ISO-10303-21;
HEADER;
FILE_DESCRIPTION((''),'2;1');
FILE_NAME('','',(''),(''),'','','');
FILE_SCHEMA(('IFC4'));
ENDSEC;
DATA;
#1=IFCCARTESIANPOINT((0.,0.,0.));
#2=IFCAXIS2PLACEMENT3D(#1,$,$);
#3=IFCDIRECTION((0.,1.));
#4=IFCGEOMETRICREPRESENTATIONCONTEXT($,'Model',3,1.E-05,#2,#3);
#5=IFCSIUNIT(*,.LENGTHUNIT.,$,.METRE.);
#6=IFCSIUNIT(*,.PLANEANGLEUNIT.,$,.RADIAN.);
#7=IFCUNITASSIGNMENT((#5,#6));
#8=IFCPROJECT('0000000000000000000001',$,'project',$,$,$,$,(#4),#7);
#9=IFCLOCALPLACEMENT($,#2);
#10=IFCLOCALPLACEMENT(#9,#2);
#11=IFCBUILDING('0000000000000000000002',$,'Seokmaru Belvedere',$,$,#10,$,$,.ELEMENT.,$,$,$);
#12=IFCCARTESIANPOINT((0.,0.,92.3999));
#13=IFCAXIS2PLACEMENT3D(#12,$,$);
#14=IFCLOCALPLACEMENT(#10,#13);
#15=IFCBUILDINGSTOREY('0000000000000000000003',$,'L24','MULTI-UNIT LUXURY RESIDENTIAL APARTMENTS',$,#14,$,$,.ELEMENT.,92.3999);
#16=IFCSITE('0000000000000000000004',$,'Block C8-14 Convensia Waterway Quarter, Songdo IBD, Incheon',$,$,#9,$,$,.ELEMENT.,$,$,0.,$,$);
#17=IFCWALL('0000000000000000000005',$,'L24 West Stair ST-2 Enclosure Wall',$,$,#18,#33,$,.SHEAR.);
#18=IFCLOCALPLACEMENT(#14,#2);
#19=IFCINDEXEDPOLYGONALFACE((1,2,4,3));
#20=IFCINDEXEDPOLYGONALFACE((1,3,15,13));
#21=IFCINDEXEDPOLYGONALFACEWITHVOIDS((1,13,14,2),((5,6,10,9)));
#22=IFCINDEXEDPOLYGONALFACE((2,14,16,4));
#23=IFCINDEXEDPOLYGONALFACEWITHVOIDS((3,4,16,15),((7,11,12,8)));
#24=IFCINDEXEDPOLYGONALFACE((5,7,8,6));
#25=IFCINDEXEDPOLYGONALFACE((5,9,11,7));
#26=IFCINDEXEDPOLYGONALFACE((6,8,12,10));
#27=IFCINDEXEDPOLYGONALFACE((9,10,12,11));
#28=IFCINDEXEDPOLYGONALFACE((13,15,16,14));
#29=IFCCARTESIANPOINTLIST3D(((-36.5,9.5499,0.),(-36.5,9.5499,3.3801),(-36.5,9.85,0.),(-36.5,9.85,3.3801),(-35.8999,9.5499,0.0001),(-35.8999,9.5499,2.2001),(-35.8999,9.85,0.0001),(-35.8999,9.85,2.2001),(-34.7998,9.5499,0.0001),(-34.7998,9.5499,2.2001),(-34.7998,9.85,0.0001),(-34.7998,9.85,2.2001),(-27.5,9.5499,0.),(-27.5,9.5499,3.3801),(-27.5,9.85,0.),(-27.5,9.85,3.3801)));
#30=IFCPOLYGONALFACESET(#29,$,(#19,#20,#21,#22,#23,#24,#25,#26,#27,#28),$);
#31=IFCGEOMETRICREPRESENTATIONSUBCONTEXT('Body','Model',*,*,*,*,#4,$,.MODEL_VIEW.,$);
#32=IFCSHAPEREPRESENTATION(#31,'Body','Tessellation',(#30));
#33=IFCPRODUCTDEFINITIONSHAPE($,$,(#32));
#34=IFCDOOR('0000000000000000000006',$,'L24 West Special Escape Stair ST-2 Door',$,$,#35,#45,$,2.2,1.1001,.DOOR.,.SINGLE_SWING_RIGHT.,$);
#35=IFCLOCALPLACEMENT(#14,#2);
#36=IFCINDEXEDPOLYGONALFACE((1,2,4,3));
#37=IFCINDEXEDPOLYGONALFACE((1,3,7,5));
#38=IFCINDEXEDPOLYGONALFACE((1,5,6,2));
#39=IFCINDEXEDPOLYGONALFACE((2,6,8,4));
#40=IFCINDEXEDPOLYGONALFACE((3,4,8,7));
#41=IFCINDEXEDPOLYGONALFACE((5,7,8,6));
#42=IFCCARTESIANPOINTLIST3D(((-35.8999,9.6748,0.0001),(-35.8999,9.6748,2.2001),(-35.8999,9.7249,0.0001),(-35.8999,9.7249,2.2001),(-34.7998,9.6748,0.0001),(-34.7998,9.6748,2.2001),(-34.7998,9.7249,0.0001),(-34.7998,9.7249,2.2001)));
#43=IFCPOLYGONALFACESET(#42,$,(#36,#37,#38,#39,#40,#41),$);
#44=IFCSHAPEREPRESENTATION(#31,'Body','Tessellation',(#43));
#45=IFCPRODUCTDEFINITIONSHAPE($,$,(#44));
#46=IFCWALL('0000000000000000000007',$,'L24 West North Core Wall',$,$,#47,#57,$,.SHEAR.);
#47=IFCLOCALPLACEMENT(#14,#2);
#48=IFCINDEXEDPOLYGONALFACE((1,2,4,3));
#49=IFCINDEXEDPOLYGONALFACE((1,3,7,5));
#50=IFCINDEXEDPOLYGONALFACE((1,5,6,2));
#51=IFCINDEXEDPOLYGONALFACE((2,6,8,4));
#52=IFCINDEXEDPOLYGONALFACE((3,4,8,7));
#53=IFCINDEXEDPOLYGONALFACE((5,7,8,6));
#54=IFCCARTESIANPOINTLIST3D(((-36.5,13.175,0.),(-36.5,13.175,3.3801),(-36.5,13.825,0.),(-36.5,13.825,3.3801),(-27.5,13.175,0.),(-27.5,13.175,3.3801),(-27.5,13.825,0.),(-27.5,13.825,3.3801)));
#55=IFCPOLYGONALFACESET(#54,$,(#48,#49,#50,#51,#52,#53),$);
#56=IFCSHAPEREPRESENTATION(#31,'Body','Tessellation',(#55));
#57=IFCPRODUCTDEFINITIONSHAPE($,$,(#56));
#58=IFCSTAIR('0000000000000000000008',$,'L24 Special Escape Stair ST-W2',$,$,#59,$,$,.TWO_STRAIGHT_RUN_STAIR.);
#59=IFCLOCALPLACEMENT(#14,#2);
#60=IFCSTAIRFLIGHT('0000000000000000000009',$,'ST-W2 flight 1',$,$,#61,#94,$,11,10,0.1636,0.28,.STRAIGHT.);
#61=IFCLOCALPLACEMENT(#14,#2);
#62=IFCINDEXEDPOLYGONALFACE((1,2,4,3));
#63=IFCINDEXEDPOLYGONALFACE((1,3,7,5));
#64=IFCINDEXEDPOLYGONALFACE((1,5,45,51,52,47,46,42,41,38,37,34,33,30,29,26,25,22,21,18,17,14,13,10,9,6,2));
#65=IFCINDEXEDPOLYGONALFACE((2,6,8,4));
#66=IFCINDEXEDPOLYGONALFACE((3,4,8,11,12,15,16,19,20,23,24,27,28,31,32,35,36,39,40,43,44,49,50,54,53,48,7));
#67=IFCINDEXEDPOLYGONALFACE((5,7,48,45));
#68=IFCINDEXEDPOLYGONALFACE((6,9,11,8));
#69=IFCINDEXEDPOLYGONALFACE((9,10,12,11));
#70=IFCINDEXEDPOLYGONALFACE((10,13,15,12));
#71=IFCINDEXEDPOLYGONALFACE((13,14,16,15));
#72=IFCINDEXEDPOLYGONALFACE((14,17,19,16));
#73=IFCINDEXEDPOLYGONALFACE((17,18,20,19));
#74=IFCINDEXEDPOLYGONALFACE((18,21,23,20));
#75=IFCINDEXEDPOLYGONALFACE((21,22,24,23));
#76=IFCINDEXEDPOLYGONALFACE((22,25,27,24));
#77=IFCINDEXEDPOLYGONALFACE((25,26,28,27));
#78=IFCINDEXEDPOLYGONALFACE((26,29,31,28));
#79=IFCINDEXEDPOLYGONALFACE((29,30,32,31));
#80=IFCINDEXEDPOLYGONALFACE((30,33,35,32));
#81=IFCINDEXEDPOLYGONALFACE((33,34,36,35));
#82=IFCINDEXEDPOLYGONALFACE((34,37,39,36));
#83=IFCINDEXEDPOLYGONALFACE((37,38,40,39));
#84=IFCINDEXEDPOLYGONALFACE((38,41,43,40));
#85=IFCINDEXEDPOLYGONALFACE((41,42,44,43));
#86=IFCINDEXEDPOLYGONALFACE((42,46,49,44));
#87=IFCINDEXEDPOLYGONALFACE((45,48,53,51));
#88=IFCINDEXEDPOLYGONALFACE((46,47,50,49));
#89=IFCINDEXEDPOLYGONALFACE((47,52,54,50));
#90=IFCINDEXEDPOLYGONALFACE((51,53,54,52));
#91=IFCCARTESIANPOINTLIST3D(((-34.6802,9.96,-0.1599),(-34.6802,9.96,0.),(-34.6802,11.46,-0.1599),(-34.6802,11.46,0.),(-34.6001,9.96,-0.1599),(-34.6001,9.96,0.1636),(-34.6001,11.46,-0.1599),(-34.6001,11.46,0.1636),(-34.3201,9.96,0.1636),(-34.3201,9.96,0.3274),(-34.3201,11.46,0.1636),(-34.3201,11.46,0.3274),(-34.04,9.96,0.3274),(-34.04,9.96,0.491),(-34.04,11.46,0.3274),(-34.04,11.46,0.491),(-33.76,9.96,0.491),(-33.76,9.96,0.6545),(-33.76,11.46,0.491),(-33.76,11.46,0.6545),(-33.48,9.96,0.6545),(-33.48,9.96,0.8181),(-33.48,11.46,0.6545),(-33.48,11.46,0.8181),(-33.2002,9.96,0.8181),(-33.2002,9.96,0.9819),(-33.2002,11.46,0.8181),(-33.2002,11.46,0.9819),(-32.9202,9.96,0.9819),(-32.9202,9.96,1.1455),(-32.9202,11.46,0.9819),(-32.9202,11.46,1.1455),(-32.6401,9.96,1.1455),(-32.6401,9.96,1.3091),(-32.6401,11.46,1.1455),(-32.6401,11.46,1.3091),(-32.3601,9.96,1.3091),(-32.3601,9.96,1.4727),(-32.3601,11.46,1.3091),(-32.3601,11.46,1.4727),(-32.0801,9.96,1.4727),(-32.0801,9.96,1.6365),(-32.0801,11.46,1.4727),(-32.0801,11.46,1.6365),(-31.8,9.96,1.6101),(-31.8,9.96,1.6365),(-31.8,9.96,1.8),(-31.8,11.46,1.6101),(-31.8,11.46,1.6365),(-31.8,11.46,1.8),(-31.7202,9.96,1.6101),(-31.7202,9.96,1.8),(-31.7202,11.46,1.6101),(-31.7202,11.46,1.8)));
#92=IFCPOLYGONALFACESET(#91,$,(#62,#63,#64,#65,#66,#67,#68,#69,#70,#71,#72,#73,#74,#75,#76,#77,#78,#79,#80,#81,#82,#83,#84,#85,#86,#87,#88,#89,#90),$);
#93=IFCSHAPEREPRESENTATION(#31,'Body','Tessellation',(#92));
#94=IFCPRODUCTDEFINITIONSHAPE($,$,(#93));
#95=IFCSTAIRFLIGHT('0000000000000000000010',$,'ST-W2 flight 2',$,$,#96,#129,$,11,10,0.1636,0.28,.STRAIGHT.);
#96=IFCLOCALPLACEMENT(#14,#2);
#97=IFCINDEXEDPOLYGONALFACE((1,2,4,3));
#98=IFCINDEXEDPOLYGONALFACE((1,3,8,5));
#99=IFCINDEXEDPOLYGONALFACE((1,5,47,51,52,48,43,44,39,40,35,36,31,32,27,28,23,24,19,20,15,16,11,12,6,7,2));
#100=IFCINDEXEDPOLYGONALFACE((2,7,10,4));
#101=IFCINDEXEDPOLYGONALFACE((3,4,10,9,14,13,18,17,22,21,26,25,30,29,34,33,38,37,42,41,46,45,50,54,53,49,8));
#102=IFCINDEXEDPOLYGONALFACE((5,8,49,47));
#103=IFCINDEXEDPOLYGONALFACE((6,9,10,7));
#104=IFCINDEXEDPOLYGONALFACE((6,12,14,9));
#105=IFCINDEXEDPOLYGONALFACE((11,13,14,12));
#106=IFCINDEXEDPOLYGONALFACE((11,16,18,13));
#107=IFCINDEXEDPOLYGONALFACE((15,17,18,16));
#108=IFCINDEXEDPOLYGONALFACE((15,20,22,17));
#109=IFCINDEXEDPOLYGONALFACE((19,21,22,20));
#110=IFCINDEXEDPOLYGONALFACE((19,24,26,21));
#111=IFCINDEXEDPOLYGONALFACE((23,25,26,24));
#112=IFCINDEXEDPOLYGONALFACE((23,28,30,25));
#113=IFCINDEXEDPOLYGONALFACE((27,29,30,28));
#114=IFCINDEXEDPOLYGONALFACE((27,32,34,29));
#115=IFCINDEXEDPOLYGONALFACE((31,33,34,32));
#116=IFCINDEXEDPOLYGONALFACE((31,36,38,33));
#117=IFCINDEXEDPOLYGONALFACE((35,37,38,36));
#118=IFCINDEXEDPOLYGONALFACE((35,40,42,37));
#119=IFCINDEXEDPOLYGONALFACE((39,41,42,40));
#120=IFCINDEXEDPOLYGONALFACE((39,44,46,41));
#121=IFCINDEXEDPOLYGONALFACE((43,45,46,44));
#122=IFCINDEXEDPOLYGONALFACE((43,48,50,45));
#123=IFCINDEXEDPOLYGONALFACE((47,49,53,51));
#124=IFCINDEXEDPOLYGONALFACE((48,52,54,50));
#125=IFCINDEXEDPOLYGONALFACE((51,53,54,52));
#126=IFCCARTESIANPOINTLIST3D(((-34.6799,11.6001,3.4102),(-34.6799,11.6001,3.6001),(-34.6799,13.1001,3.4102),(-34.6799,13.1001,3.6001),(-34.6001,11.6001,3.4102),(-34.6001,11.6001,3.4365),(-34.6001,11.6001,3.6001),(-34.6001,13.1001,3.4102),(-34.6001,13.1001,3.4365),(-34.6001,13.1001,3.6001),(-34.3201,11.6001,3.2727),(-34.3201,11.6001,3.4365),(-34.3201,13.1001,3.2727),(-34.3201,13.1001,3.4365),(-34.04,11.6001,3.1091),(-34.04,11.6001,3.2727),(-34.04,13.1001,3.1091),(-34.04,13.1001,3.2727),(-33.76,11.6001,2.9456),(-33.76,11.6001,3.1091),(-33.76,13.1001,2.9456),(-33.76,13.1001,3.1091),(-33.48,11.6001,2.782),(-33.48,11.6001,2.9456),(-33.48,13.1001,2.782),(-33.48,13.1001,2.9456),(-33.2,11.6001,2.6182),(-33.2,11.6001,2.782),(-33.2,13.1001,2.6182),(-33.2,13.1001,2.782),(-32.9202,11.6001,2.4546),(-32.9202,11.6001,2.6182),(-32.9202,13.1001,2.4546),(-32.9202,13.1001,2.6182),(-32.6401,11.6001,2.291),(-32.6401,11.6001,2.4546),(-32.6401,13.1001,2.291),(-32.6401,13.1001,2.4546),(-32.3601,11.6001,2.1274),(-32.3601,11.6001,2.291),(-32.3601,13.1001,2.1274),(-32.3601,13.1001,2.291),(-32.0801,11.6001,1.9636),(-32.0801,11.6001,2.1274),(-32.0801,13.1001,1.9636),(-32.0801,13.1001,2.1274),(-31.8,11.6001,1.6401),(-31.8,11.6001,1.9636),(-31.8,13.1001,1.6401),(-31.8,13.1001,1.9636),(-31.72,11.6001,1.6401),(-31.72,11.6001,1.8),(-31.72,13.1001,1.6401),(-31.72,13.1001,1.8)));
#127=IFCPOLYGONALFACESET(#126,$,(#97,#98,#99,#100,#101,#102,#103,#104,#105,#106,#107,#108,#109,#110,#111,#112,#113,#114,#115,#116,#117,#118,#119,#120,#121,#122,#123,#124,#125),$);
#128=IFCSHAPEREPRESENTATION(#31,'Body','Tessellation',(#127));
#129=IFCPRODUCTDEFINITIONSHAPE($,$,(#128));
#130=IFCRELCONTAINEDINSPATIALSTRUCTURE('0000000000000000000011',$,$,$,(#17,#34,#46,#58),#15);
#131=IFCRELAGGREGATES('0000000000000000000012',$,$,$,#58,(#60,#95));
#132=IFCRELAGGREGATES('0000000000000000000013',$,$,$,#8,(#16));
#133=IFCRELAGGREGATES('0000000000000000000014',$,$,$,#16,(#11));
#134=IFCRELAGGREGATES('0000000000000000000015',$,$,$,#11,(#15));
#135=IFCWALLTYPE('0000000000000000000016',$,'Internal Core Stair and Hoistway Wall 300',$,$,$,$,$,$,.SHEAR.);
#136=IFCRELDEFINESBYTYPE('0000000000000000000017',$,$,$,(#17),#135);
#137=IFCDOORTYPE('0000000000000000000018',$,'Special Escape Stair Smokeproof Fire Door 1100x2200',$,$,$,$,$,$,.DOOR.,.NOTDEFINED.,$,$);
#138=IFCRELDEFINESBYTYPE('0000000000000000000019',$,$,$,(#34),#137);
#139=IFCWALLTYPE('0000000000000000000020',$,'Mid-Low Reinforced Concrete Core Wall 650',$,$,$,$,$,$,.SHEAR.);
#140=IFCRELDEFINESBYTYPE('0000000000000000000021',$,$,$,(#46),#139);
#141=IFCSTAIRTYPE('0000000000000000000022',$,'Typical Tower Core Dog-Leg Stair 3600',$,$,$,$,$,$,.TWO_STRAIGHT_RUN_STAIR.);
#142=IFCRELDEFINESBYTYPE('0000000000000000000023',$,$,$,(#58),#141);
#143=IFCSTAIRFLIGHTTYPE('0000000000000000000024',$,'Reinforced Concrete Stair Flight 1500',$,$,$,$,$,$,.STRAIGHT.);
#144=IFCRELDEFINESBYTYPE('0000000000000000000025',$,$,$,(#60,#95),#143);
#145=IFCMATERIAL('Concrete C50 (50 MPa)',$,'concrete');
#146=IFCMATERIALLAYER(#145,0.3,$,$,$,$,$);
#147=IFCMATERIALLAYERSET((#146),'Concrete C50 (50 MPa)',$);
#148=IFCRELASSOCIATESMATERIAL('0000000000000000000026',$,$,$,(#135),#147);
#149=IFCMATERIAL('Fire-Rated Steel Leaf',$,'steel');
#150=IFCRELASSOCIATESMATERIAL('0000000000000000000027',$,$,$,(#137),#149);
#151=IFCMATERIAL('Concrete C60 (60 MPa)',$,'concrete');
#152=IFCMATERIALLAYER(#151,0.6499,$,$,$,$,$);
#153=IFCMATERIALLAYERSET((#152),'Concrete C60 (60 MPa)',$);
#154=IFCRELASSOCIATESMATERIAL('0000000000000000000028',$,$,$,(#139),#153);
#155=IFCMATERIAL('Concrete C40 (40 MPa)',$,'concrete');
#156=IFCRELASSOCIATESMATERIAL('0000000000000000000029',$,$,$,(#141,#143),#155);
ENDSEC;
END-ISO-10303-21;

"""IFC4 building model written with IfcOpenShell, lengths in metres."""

from ifc_helpers import new_model, si_unit, direction, frame, frame_2d, origin, place, context, subcontext, project, spatial, polyline, rectangle, outline, extrude, source, transform, mapped, material, layer, layer_set, type_object, type_shapes, element, fill, aggregate, save


model = new_model("IFC4")

# Units and contexts
model_context = context("Model", 3, precision=1e-05, world=origin(), true_north=direction((0.0, 1.0)))
body_context = subcontext(model_context, "Body", "Model", "MODEL_VIEW")
ifc_project = project(units=[si_unit("LENGTHUNIT", "METRE"), si_unit("PLANEANGLEUNIT", "RADIAN")], contexts=[model_context])

# Site, building, storey
site_placement = place(None, origin())
site = spatial("IfcSite", under=ifc_project, at=site_placement, Name="Block C8-14 Convensia Waterway Quarter, Songdo IBD, Incheon", CompositionType="ELEMENT", RefElevation=0.0)
building_placement = place(site_placement, origin())
building = spatial("IfcBuilding", under=site, at=building_placement, Name="Seokmaru Belvedere", CompositionType="ELEMENT")
storey_placement = place(building_placement, frame((0.0, 0.0, 92.3999)))
storey = spatial("IfcBuildingStorey", under=building, at=storey_placement, Name="L24", Description="MULTI-UNIT LUXURY RESIDENTIAL APARTMENTS", CompositionType="ELEMENT", Elevation=92.3999)

# Shared definitions
ifc_material_1 = material(Name="Concrete C50 (50 MPa)", Category="concrete")

# Wall, opening, door
ifc_layer_1 = layer(ifc_material_1, 0.3)
ifc_layer_set_1 = layer_set([ifc_layer_1], Name="Concrete C50 (50 MPa)")
wall_type_1 = type_object("IfcWallType", Name="Internal Core Stair and Hoistway Wall 300", PredefinedType="SHEAR", material=ifc_layer_set_1)
wall_1_placement = place(storey_placement, frame((-36.5, 9.7, 0.0), z_axis=(0.0, 0.0, 1.0), x_axis=(1.0, 0.0, 0.0)))
wall_1 = element("IfcWall", 1, at=wall_1_placement, inside=storey, type_object=wall_type_1, Name="L24 West Stair ST-2 Enclosure Wall", PredefinedType="SHEAR", context=body_context, shape_type="SweptSolid", body=[
    extrude(rectangle(XDim=9.0, YDim=0.3, at=frame_2d((4.5, 0.0))), origin(), (0.0, 0.0, 1.0), 3.3801),
])
opening_1_placement = place(wall_1_placement, frame((0.6001, 0.0, 0.0)))
opening_1 = element("IfcOpeningElement", 2, at=opening_1_placement, cuts=wall_1, PredefinedType="OPENING", context=body_context, shape_type="SweptSolid", body=[
    extrude(rectangle(XDim=1.1001, YDim=2.2, at=frame_2d((0.55, 1.1001))), frame((0.0, 0.1602, 0.0), z_axis=(0.0, -1.0, 0.0), x_axis=(1.0, 0.0, 0.0)), (0.0, 0.0, 1.0), 0.3201),
])
ifc_material_2 = material(Name="Fire-Rated Steel Leaf", Category="steel")
door_type_1 = type_object("IfcDoorType", Name="Special Escape Stair Smokeproof Fire Door 1100x2200", OperationType="NOTDEFINED", PredefinedType="DOOR", material=ifc_material_2)
shared_shape_1 = source(origin(), body_context, "Body", "SweptSolid", [
    extrude(rectangle(XDim=1.1001, YDim=2.2, at=frame_2d((0.55, 1.1001))), frame((0.0, 0.0249, 0.0), z_axis=(0.0, -1.0, 0.0), x_axis=(1.0, 0.0, 0.0)), (0.0, 0.0, 1.0), 0.05),
])
type_shapes(door_type_1, [shared_shape_1])
door_1_placement = place(opening_1_placement, origin())
door_1 = element("IfcDoor", 3, at=door_1_placement, inside=storey, type_object=door_type_1, Name="L24 West Special Escape Stair ST-2 Door", OperationType="SINGLE_SWING_RIGHT", OverallHeight=2.2, OverallWidth=1.1001, PredefinedType="DOOR", context=body_context, shape_type="MappedRepresentation", body=[
    mapped(shared_shape_1, transform((0.0, 0.0, 0.0), scale=1.0)),
])
fill(opening_1, door_1)

# Wall
ifc_material_3 = material(Name="Concrete C60 (60 MPa)", Category="concrete")
ifc_layer_2 = layer(ifc_material_3, 0.6499)
ifc_layer_set_2 = layer_set([ifc_layer_2], Name="Concrete C60 (60 MPa)")
wall_type_2 = type_object("IfcWallType", Name="Mid-Low Reinforced Concrete Core Wall 650", PredefinedType="SHEAR", material=ifc_layer_set_2)
wall_2_placement = place(storey_placement, frame((-36.5, 13.5, 0.0), z_axis=(0.0, 0.0, 1.0), x_axis=(1.0, 0.0, 0.0)))
element("IfcWall", 4, at=wall_2_placement, inside=storey, type_object=wall_type_2, Name="L24 West North Core Wall", PredefinedType="SHEAR", context=body_context, shape_type="SweptSolid", body=[
    extrude(rectangle(XDim=9.0, YDim=0.6499, at=frame_2d((4.5, 0.0))), origin(), (0.0, 0.0, 1.0), 3.3801),
])

# Stair, stair flights
ifc_material_4 = material(Name="Concrete C40 (40 MPa)", Category="concrete")
stair_type = type_object("IfcStairType", Name="Typical Tower Core Dog-Leg Stair 3600", PredefinedType="TWO_STRAIGHT_RUN_STAIR", material=ifc_material_4)
stair_placement = place(storey_placement, origin())
stair = element("IfcStair", 5, at=stair_placement, inside=storey, type_object=stair_type, Name="L24 Special Escape Stair ST-W2", PredefinedType="TWO_STRAIGHT_RUN_STAIR")
stair_flight_type = type_object("IfcStairFlightType", Name="Reinforced Concrete Stair Flight 1500", PredefinedType="STRAIGHT", material=ifc_material_4)
stair_flight_1_placement = place(storey_placement, frame((-34.6001, 10.71, 0.0), z_axis=(0.0, 0.0, 1.0), x_axis=(1.0, 0.0, 0.0)))
stair_flight_1 = element("IfcStairFlight", 6, at=stair_flight_1_placement, type_object=stair_flight_type, Name="ST-W2 flight 1", NumberOfRisers=11, NumberOfTreads=10, PredefinedType="STRAIGHT", RiserHeight=0.1636, TreadLength=0.28, context=body_context, shape_type="SweptSolid", body=[
    extrude(outline(polyline([(-0.0801, 0.0), (0.0, 0.1636), (0.28, 0.1636), (0.28, 0.3274), (0.5601, 0.3274), (0.5601, 0.491), (0.8401, 0.491), (0.8401, 0.6545), (1.1201, 0.6545), (1.1201, 0.8181), (1.3999, 0.8181), (1.3999, 0.9819), (1.6799, 0.9819), (1.6799, 1.1455), (1.96, 1.1455), (1.96, 1.3091), (2.24, 1.3091), (2.24, 1.4727), (2.52, 1.4727), (2.52, 1.6365), (2.8, 1.6365), (2.8, 1.8), (2.8799, 1.8), (2.8799, 1.6101), (2.8, 1.6101), (0.0, -0.1599), (-0.0801, -0.1599), (-0.0801, 0.0)])), frame((0.0, 0.75, 0.0), z_axis=(0.0, -1.0, 0.0), x_axis=(1.0, 0.0, 0.0)), (0.0, 0.0, 1.0), 1.5),
])
stair_flight_2_placement = place(storey_placement, frame((-31.8, 12.3501, 1.8), z_axis=(0.0, 0.0, 1.0), x_axis=(-1.0, 0.0, 0.0)))
stair_flight_2 = element("IfcStairFlight", 7, at=stair_flight_2_placement, type_object=stair_flight_type, Name="ST-W2 flight 2", NumberOfRisers=11, NumberOfTreads=10, PredefinedType="STRAIGHT", RiserHeight=0.1636, TreadLength=0.28, context=body_context, shape_type="SweptSolid", body=[
    extrude(outline(polyline([(-0.0801, 0.0), (0.0, 0.1636), (0.28, 0.1636), (0.28, 0.3274), (0.5601, 0.3274), (0.5601, 0.491), (0.8401, 0.491), (0.8401, 0.6545), (1.1201, 0.6545), (1.1201, 0.8181), (1.3999, 0.8181), (1.3999, 0.9819), (1.6799, 0.9819), (1.6799, 1.1455), (1.96, 1.1455), (1.96, 1.3091), (2.24, 1.3091), (2.24, 1.4727), (2.52, 1.4727), (2.52, 1.6365), (2.8, 1.6365), (2.8, 1.8), (2.8799, 1.8), (2.8799, 1.6101), (2.8, 1.6101), (0.0, -0.1599), (-0.0801, -0.1599), (-0.0801, 0.0)])), frame((0.0, 0.75, 0.0), z_axis=(0.0, -1.0, 0.0), x_axis=(1.0, 0.0, 0.0)), (0.0, 0.0, 1.0), 1.5),
])
aggregate(stair, [stair_flight_1, stair_flight_2])

save(model, "model.ifc")
